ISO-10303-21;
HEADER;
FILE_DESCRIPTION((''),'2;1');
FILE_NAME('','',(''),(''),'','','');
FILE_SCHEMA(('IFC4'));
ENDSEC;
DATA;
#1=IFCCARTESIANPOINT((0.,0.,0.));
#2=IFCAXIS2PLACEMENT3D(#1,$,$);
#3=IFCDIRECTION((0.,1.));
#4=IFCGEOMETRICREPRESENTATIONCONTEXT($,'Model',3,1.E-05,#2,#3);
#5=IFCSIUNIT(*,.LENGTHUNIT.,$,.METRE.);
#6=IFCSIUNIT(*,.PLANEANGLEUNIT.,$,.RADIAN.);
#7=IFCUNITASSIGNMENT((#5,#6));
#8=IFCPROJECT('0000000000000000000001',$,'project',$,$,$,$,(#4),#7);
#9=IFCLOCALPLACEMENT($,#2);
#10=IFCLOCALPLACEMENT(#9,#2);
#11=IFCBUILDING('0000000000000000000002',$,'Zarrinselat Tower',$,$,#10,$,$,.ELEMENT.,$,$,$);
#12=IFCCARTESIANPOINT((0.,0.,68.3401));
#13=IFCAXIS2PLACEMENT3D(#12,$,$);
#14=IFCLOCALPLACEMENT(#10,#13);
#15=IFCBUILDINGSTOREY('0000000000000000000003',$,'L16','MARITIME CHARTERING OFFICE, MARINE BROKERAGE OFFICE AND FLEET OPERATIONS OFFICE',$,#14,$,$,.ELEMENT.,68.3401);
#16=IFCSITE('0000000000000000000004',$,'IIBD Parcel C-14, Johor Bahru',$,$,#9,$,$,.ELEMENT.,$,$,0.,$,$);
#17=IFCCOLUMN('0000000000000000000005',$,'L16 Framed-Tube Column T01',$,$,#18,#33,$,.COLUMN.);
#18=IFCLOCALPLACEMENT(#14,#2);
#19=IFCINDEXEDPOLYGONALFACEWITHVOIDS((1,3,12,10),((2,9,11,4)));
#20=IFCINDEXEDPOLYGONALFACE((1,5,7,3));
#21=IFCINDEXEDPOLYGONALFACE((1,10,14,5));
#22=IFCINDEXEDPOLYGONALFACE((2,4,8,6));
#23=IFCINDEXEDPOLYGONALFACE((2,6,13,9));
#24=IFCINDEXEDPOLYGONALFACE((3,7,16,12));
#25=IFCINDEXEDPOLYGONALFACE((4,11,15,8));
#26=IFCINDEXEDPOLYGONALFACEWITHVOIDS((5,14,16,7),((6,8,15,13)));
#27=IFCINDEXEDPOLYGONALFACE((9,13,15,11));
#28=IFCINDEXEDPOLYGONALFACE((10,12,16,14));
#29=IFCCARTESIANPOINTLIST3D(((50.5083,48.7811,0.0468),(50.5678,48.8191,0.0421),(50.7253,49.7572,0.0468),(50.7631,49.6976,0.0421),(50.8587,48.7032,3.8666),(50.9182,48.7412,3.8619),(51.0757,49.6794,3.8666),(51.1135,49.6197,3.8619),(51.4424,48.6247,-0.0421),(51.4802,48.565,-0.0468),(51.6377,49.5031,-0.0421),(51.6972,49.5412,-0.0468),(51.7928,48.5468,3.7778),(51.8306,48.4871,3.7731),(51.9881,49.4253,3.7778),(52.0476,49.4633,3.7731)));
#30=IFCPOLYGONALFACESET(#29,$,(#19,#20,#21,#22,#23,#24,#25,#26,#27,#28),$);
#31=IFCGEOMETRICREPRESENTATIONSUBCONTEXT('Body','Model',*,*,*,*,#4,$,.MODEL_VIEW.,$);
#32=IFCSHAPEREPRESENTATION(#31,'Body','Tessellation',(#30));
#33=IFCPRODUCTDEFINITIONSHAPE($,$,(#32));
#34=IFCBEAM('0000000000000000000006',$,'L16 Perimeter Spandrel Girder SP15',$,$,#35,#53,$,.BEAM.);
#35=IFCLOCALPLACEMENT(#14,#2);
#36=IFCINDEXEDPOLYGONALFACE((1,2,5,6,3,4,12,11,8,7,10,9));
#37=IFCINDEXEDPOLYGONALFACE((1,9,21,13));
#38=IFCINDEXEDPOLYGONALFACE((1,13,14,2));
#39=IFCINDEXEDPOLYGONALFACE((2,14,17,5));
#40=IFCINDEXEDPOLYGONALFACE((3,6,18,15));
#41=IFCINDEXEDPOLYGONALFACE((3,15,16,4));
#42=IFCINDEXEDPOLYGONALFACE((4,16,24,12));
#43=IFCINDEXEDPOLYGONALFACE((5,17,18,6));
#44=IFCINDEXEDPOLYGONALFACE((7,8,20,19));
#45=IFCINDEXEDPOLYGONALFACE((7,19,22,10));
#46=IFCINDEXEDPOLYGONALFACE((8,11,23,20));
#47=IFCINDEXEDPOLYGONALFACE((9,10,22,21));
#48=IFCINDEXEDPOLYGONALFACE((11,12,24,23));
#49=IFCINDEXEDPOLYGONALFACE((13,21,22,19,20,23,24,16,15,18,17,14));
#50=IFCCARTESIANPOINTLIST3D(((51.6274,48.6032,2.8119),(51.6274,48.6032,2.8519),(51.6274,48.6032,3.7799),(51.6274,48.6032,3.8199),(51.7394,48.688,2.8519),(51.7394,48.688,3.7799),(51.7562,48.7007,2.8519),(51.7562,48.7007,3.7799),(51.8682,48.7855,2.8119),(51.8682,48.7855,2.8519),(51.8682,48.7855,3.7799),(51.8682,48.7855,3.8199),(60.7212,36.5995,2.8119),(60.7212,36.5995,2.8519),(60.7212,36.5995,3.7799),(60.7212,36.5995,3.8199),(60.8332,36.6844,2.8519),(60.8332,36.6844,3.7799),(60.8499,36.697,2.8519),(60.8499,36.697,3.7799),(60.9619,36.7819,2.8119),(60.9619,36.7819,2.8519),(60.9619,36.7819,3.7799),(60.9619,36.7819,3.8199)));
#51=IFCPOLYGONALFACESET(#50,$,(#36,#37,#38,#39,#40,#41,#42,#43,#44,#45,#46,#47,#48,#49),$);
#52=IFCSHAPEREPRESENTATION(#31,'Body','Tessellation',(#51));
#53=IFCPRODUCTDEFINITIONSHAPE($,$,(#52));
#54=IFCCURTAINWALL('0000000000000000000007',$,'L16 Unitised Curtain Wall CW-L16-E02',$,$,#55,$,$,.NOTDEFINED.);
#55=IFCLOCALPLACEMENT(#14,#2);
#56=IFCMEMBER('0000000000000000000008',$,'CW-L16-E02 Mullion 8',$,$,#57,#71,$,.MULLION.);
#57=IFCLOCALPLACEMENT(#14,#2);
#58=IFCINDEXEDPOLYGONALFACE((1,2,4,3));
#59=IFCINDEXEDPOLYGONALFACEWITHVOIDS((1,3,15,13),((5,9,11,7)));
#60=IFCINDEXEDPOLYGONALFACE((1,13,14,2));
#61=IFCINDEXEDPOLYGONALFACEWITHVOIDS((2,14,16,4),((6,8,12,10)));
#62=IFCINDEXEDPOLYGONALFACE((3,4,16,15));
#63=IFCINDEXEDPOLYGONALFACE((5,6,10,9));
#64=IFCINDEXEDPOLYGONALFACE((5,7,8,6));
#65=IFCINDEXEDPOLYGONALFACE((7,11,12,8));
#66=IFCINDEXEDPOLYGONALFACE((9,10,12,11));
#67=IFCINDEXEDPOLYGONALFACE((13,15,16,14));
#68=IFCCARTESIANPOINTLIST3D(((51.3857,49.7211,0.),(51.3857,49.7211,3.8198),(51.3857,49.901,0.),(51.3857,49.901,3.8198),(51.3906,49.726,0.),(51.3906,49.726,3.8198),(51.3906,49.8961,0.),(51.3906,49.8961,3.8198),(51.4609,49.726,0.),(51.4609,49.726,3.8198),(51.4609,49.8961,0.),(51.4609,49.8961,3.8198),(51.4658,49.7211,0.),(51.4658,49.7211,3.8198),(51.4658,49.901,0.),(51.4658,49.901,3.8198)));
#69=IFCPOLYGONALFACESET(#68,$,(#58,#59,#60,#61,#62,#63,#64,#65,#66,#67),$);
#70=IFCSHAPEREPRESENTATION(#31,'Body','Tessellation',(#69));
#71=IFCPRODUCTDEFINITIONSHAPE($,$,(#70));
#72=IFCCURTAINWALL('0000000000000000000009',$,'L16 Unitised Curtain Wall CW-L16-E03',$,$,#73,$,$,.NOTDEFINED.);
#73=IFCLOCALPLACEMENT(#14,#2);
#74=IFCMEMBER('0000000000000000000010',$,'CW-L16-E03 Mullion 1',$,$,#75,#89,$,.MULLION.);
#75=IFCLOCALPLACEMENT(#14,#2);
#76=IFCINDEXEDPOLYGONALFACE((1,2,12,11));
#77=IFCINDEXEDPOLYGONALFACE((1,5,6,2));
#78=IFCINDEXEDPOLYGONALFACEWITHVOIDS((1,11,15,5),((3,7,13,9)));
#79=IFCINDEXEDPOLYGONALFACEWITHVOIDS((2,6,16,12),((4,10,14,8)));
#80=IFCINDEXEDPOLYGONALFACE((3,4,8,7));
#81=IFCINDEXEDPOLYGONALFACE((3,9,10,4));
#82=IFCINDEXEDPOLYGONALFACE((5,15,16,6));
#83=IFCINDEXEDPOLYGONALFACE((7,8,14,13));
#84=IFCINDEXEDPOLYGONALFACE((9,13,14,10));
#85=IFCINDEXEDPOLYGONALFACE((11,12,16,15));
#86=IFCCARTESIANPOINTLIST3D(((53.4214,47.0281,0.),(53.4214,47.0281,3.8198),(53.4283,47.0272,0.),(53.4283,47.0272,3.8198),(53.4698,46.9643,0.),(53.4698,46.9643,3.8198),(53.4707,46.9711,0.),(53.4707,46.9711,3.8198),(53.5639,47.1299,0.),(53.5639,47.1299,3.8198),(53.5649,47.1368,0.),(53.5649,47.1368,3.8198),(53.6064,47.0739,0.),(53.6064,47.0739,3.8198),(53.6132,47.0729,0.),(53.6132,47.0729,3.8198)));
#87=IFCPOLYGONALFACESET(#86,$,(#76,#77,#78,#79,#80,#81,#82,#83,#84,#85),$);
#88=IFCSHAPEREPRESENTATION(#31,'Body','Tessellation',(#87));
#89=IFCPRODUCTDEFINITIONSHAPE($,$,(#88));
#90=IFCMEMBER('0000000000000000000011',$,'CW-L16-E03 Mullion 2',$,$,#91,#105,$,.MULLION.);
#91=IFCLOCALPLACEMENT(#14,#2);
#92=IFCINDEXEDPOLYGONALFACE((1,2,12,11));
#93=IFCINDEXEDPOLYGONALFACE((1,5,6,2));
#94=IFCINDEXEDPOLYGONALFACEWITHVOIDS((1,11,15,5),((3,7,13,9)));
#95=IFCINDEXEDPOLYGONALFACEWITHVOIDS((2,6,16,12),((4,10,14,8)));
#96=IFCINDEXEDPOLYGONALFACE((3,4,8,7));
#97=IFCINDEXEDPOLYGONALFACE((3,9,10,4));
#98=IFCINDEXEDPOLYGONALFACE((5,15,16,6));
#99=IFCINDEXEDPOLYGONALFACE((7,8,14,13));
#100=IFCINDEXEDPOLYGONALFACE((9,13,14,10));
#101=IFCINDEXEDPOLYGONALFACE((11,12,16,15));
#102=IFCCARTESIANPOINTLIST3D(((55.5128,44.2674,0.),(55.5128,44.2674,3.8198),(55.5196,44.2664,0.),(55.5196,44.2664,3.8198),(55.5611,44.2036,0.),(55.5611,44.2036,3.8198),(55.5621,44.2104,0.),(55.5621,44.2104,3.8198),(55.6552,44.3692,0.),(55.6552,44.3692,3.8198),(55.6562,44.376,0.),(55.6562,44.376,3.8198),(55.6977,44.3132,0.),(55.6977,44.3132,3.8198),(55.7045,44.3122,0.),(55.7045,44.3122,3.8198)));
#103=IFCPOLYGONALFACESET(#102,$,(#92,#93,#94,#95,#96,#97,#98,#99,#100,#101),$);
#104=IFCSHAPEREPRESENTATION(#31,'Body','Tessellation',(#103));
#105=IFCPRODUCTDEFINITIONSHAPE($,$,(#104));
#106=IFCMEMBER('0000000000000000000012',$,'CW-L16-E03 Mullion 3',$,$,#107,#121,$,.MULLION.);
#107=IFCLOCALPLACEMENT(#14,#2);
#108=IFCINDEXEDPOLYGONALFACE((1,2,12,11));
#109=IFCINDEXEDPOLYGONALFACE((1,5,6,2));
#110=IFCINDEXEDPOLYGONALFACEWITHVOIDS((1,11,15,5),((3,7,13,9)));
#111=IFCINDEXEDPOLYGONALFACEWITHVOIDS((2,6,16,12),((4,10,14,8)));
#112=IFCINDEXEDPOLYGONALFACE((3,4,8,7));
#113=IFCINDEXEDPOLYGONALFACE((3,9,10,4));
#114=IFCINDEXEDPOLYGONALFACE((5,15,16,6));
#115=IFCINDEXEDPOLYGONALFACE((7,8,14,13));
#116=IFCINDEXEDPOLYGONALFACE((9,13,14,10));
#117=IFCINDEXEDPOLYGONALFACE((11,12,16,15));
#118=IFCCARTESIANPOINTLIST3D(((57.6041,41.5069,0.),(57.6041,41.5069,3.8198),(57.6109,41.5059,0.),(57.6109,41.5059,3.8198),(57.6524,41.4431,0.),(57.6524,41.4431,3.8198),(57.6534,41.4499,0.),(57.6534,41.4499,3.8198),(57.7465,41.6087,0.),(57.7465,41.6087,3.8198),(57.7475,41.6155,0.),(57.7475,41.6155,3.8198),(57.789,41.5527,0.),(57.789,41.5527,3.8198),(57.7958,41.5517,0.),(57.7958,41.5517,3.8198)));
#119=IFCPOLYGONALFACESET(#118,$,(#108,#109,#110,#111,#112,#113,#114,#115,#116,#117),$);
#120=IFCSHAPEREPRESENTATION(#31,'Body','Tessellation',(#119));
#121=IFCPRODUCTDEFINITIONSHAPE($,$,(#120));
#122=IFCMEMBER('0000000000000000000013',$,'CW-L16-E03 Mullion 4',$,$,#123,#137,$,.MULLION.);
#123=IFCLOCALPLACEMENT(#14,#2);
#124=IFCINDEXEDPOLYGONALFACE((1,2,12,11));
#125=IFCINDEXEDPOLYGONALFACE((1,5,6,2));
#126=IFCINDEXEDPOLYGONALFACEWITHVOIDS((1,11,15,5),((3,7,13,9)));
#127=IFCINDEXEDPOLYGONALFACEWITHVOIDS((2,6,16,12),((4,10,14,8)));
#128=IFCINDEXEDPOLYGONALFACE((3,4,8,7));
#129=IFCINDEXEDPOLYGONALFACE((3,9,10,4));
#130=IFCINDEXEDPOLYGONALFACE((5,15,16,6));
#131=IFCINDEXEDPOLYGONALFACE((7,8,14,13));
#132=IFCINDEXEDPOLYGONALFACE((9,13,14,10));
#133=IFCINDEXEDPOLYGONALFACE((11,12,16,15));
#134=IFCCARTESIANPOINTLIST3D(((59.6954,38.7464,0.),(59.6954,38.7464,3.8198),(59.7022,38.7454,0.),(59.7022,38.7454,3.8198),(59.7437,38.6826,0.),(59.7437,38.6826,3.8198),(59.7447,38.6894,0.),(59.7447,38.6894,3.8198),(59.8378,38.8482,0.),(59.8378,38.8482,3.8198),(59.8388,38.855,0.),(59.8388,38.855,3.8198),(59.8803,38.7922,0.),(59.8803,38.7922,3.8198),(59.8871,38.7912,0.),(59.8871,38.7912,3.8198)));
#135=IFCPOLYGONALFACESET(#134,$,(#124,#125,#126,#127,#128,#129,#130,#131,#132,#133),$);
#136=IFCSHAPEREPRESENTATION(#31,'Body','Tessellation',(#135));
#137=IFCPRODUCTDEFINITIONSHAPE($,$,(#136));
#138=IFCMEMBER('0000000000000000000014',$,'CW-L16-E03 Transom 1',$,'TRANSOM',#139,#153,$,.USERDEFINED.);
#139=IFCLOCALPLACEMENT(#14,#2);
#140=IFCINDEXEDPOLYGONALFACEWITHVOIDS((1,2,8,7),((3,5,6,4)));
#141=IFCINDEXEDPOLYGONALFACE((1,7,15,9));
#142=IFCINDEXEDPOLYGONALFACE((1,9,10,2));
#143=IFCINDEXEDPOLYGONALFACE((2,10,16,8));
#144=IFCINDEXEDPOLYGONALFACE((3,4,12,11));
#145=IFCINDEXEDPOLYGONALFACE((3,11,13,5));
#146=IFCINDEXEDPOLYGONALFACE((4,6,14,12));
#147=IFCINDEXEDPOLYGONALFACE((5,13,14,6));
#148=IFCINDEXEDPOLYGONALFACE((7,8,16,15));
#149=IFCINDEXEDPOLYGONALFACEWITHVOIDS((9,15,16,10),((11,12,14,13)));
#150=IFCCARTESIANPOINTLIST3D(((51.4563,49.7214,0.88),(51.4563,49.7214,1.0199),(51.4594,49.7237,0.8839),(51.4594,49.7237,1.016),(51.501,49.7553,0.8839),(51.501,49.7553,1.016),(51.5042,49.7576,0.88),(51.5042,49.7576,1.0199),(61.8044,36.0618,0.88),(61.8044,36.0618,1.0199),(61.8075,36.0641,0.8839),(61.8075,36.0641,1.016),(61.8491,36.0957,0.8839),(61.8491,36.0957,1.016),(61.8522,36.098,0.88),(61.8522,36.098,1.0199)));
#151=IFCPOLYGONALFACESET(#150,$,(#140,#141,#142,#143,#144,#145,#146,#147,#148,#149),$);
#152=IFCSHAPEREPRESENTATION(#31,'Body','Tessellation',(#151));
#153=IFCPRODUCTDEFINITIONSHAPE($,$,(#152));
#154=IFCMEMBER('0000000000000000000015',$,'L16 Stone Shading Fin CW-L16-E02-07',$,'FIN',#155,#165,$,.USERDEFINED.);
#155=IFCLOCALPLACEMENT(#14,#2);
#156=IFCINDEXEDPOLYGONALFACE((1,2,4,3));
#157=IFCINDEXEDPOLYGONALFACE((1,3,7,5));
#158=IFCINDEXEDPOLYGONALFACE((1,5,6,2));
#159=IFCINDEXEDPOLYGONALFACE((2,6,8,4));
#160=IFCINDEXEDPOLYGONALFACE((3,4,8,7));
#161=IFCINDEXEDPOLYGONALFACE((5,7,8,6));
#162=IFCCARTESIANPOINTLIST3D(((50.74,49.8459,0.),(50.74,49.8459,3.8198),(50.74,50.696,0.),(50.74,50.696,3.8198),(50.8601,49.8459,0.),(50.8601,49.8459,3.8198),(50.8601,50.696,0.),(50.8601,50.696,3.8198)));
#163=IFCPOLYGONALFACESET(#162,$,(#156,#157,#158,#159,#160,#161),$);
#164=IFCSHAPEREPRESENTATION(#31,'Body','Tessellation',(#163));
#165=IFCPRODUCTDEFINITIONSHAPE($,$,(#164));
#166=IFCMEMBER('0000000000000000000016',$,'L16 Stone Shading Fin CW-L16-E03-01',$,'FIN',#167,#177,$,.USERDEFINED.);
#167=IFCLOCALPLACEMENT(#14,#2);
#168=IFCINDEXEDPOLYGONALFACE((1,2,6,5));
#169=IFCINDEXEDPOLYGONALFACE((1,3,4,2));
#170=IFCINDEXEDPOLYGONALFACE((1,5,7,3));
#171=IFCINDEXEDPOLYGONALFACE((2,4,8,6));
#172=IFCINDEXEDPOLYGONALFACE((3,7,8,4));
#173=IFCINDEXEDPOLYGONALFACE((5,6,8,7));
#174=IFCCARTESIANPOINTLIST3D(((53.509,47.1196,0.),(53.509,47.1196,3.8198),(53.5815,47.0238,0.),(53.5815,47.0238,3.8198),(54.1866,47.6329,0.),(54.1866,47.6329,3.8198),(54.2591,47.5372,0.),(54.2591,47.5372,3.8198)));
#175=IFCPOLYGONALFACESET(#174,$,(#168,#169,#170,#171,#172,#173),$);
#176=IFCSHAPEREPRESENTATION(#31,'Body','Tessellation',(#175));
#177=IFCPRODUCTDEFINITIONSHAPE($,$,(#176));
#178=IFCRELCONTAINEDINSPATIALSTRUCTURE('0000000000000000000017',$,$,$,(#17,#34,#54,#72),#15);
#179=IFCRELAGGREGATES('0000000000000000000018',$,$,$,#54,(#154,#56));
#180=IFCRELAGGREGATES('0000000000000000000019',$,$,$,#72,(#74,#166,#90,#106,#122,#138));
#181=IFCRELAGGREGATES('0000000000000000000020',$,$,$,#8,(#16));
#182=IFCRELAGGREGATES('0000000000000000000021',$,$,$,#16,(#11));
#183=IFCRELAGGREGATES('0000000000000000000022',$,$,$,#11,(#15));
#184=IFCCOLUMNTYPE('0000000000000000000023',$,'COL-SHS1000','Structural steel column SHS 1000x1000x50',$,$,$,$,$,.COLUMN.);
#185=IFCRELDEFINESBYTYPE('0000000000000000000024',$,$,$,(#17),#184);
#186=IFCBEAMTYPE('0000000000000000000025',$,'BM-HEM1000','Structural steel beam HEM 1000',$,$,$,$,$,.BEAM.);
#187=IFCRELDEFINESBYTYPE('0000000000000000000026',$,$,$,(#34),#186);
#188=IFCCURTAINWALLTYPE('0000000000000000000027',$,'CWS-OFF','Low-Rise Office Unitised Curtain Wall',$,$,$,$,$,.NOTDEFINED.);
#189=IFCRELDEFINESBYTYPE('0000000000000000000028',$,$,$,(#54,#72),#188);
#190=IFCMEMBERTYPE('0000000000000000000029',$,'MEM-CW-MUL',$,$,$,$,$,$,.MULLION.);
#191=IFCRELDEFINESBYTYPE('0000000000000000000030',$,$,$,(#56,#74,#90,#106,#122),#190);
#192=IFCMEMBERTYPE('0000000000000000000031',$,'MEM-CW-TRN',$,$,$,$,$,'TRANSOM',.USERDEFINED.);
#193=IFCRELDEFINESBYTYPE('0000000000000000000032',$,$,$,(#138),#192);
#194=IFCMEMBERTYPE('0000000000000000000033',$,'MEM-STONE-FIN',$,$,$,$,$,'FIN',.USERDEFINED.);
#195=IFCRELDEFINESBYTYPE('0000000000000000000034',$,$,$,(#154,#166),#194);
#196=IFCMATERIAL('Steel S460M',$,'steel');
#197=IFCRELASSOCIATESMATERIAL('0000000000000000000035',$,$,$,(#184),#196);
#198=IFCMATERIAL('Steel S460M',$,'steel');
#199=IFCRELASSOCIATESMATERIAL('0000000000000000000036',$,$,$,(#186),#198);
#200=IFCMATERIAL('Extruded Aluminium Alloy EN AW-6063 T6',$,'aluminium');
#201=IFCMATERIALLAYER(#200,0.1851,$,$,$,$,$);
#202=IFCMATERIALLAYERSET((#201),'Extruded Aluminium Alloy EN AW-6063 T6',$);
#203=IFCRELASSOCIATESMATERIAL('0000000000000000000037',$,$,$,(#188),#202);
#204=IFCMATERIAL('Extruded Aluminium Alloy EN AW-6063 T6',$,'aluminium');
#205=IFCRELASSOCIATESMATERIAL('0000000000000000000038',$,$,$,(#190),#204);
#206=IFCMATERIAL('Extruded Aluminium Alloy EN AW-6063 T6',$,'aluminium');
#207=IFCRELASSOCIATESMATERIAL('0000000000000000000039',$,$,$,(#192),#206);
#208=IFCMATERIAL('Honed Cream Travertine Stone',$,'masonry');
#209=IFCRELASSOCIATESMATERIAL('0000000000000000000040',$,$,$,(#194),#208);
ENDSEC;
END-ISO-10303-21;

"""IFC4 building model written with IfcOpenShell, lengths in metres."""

from ifc_helpers import new_model, si_unit, direction, frame, origin, origin_2d, place, context, subcontext, project, spatial, rectangle, hollow_rectangle, i_section, extrude, material, layer, layer_set, material_profile, profile_set, type_object, element, aggregate, save


model = new_model("IFC4")

# Units and contexts
model_context = context("Model", 3, precision=1e-05, world=origin(), true_north=direction((0.0, 1.0)))
body_context = subcontext(model_context, "Body", "Model", "MODEL_VIEW")
ifc_project = project(units=[si_unit("LENGTHUNIT", "METRE"), si_unit("PLANEANGLEUNIT", "RADIAN")], contexts=[model_context])

# Site, building, storey
site_placement = place(None, origin())
site = spatial("IfcSite", under=ifc_project, at=site_placement, Name="IIBD Parcel C-14, Johor Bahru", CompositionType="ELEMENT", RefElevation=0.0)
building_placement = place(site_placement, origin())
building = spatial("IfcBuilding", under=site, at=building_placement, Name="Zarrinselat Tower", CompositionType="ELEMENT")
storey_placement = place(building_placement, frame((0.0, 0.0, 68.3401)))
storey = spatial("IfcBuildingStorey", under=building, at=storey_placement, Name="L16", Description="MARITIME CHARTERING OFFICE, MARINE BROKERAGE OFFICE AND FLEET OPERATIONS OFFICE", CompositionType="ELEMENT", Elevation=68.3401)

# Column
ifc_material_1 = material(Name="Steel S460M", Category="steel")
ifc_material_profile_1 = material_profile(ifc_material_1, hollow_rectangle(XDim=1.0, YDim=1.0, WallThickness=0.05, at=origin_2d()), Name="SHS 1000x1000x50")
ifc_profile_set_1 = profile_set([ifc_material_profile_1], Name="Steel S460M")
column_type = type_object("IfcColumnType", Name="COL-SHS1000", Description="Structural steel column SHS 1000x1000x50", PredefinedType="COLUMN", material=ifc_profile_set_1)
column_placement = place(storey_placement, frame((51.1028, 49.1611, 0.0), z_axis=(0.091315, -0.020299, 0.995615), x_axis=(0.217002, 0.976171, 0.0)))
element("IfcColumn", 1, at=column_placement, inside=storey, type_object=column_type, Name="L16 Framed-Tube Column T01", PredefinedType="COLUMN", context=body_context, shape_type="SweptSolid", body=[
    extrude(hollow_rectangle(XDim=1.0, YDim=1.0, WallThickness=0.05, at=origin_2d()), origin(), (0.0, 0.0, 1.0), 3.8367),
])

# Beam
ifc_material_2 = material(Name="Steel S460M", Category="steel")
ifc_material_profile_2 = material_profile(ifc_material_2, i_section(OverallWidth=0.302, OverallDepth=1.0081, WebThickness=0.021, FlangeThickness=0.04, at=origin_2d()), Name="HEM 1000")
ifc_profile_set_2 = profile_set([ifc_material_profile_2], Name="Steel S460M")
beam_type = type_object("IfcBeamType", Name="BM-HEM1000", Description="Structural steel beam HEM 1000", PredefinedType="BEAM", material=ifc_profile_set_2)
beam_placement = place(storey_placement, frame((51.7478, 48.6943, 3.3159), z_axis=(0.60386, -0.79709, 0.0), x_axis=(0.79709, 0.60386, 0.0)))
element("IfcBeam", 2, at=beam_placement, inside=storey, type_object=beam_type, Name="L16 Perimeter Spandrel Girder SP15", PredefinedType="BEAM", context=body_context, shape_type="SweptSolid", body=[
    extrude(i_section(OverallWidth=0.302, OverallDepth=1.0081, WebThickness=0.021, FlangeThickness=0.04, at=origin_2d()), origin(), (0.0, 0.0, 1.0), 15.0593),
])

# Curtain wall, member
ifc_material_3 = material(Name="Extruded Aluminium Alloy EN AW-6063 T6", Category="aluminium")
ifc_layer_1 = layer(ifc_material_3, 0.1851)
ifc_layer_set_1 = layer_set([ifc_layer_1], Name="Extruded Aluminium Alloy EN AW-6063 T6")
curtain_wall_type = type_object("IfcCurtainWallType", Name="CWS-OFF", Description="Low-Rise Office Unitised Curtain Wall", PredefinedType="NOTDEFINED", material=ifc_layer_set_1)
curtain_wall_1_placement = place(storey_placement, origin())
curtain_wall_1 = element("IfcCurtainWall", 3, at=curtain_wall_1_placement, inside=storey, type_object=curtain_wall_type, Name="L16 Unitised Curtain Wall CW-L16-E02", PredefinedType="NOTDEFINED")
ifc_material_4 = material(Name="Extruded Aluminium Alloy EN AW-6063 T6", Category="aluminium")
ifc_material_profile_3 = material_profile(ifc_material_4, hollow_rectangle(XDim=0.0801, YDim=0.1799, WallThickness=0.0049, at=origin_2d()), Name="RHS 180x80x5")
ifc_profile_set_3 = profile_set([ifc_material_profile_3], Name="Extruded Aluminium Alloy EN AW-6063 T6")
member_type_1 = type_object("IfcMemberType", Name="MEM-CW-MUL", PredefinedType="MULLION", material=ifc_profile_set_3)
member_1_placement = place(storey_placement, frame((51.4258, 49.811, 0.0), z_axis=(0.0, 0.0, 1.0), x_axis=(1.0, 0.0, 0.0)))
member_1 = element("IfcMember", 4, at=member_1_placement, type_object=member_type_1, Name="CW-L16-E02 Mullion 8", PredefinedType="MULLION", context=body_context, shape_type="SweptSolid", body=[
    extrude(hollow_rectangle(XDim=0.0801, YDim=0.1799, WallThickness=0.0049, at=origin_2d()), origin(), (0.0, 0.0, 1.0), 3.8198),
])

# Curtain wall, members
curtain_wall_2_placement = place(storey_placement, origin())
curtain_wall_2 = element("IfcCurtainWall", 5, at=curtain_wall_2_placement, inside=storey, type_object=curtain_wall_type, Name="L16 Unitised Curtain Wall CW-L16-E03", PredefinedType="NOTDEFINED")
member_2_placement = place(storey_placement, frame((53.5173, 47.0505, 0.0), z_axis=(0.0, 0.0, 1.0), x_axis=(0.60386, -0.797091, 0.0)))
member_2 = element("IfcMember", 6, at=member_2_placement, type_object=member_type_1, Name="CW-L16-E03 Mullion 1", PredefinedType="MULLION", context=body_context, shape_type="SweptSolid", body=[
    extrude(hollow_rectangle(XDim=0.0801, YDim=0.1799, WallThickness=0.0049, at=origin_2d()), origin(), (0.0, 0.0, 1.0), 3.8198),
])
member_3_placement = place(storey_placement, frame((55.6086, 44.2898, 0.0), z_axis=(0.0, 0.0, 1.0), x_axis=(0.60386, -0.797091, 0.0)))
member_3 = element("IfcMember", 7, at=member_3_placement, type_object=member_type_1, Name="CW-L16-E03 Mullion 2", PredefinedType="MULLION", context=body_context, shape_type="SweptSolid", body=[
    extrude(hollow_rectangle(XDim=0.0801, YDim=0.1799, WallThickness=0.0049, at=origin_2d()), origin(), (0.0, 0.0, 1.0), 3.8198),
])
member_4_placement = place(storey_placement, frame((57.7, 41.5293, 0.0), z_axis=(0.0, 0.0, 1.0), x_axis=(0.60386, -0.797091, 0.0)))
member_4 = element("IfcMember", 8, at=member_4_placement, type_object=member_type_1, Name="CW-L16-E03 Mullion 3", PredefinedType="MULLION", context=body_context, shape_type="SweptSolid", body=[
    extrude(hollow_rectangle(XDim=0.0801, YDim=0.1799, WallThickness=0.0049, at=origin_2d()), origin(), (0.0, 0.0, 1.0), 3.8198),
])
member_5_placement = place(storey_placement, frame((59.7913, 38.7688, 0.0), z_axis=(0.0, 0.0, 1.0), x_axis=(0.60386, -0.797091, 0.0)))
member_5 = element("IfcMember", 9, at=member_5_placement, type_object=member_type_1, Name="CW-L16-E03 Mullion 4", PredefinedType="MULLION", context=body_context, shape_type="SweptSolid", body=[
    extrude(hollow_rectangle(XDim=0.0801, YDim=0.1799, WallThickness=0.0049, at=origin_2d()), origin(), (0.0, 0.0, 1.0), 3.8198),
])
ifc_material_5 = material(Name="Extruded Aluminium Alloy EN AW-6063 T6", Category="aluminium")
ifc_material_profile_4 = material_profile(ifc_material_5, hollow_rectangle(XDim=0.0601, YDim=0.1399, WallThickness=0.0039, at=origin_2d()), Name="RHS 140x60x4")
ifc_profile_set_4 = profile_set([ifc_material_profile_4], Name="Extruded Aluminium Alloy EN AW-6063 T6")
member_type_2 = type_object("IfcMemberType", Name="MEM-CW-TRN", ElementType="TRANSOM", PredefinedType="USERDEFINED", material=ifc_profile_set_4)
member_6_placement = place(storey_placement, frame((51.4802, 49.7395, 0.95), z_axis=(0.603854, -0.797095, 0.0), x_axis=(0.797095, 0.603854, 0.0)))
member_6 = element("IfcMember", 10, at=member_6_placement, type_object=member_type_2, Name="CW-L16-E03 Transom 1", ObjectType="TRANSOM", PredefinedType="USERDEFINED", context=body_context, shape_type="SweptSolid", body=[
    extrude(hollow_rectangle(XDim=0.0601, YDim=0.1399, WallThickness=0.0039, at=origin_2d()), origin(), (0.0, 0.0, 1.0), 17.1367),
])

# Members
ifc_material_6 = material(Name="Honed Cream Travertine Stone", Category="masonry")
ifc_material_profile_5 = material_profile(ifc_material_6, rectangle(XDim=0.1201, YDim=0.8501, at=origin_2d()), Name="FIN 850x120")
ifc_profile_set_5 = profile_set([ifc_material_profile_5], Name="Honed Cream Travertine Stone")
member_type_3 = type_object("IfcMemberType", Name="MEM-STONE-FIN", ElementType="FIN", PredefinedType="USERDEFINED", material=ifc_profile_set_5)
member_7_placement = place(storey_placement, frame((50.8, 50.271, 0.0), z_axis=(0.0, 0.0, 1.0), x_axis=(1.0, 0.0, 0.0)))
member_7 = element("IfcMember", 11, at=member_7_placement, type_object=member_type_3, Name="L16 Stone Shading Fin CW-L16-E02-07", ObjectType="FIN", PredefinedType="USERDEFINED", context=body_context, shape_type="SweptSolid", body=[
    extrude(rectangle(XDim=0.1201, YDim=0.8501, at=origin_2d()), origin(), (0.0, 0.0, 1.0), 3.8198),
])
member_8_placement = place(storey_placement, frame((53.884, 47.3284, 0.0), z_axis=(0.0, 0.0, 1.0), x_axis=(0.60386, -0.797091, 0.0)))
member_8 = element("IfcMember", 12, at=member_8_placement, type_object=member_type_3, Name="L16 Stone Shading Fin CW-L16-E03-01", ObjectType="FIN", PredefinedType="USERDEFINED", context=body_context, shape_type="SweptSolid", body=[
    extrude(rectangle(XDim=0.1201, YDim=0.8501, at=origin_2d()), origin(), (0.0, 0.0, 1.0), 3.8198),
])

aggregate(curtain_wall_1, [member_7, member_1])
aggregate(curtain_wall_2, [member_2, member_8, member_3, member_4, member_5, member_6])

save(model, "model.ifc")
